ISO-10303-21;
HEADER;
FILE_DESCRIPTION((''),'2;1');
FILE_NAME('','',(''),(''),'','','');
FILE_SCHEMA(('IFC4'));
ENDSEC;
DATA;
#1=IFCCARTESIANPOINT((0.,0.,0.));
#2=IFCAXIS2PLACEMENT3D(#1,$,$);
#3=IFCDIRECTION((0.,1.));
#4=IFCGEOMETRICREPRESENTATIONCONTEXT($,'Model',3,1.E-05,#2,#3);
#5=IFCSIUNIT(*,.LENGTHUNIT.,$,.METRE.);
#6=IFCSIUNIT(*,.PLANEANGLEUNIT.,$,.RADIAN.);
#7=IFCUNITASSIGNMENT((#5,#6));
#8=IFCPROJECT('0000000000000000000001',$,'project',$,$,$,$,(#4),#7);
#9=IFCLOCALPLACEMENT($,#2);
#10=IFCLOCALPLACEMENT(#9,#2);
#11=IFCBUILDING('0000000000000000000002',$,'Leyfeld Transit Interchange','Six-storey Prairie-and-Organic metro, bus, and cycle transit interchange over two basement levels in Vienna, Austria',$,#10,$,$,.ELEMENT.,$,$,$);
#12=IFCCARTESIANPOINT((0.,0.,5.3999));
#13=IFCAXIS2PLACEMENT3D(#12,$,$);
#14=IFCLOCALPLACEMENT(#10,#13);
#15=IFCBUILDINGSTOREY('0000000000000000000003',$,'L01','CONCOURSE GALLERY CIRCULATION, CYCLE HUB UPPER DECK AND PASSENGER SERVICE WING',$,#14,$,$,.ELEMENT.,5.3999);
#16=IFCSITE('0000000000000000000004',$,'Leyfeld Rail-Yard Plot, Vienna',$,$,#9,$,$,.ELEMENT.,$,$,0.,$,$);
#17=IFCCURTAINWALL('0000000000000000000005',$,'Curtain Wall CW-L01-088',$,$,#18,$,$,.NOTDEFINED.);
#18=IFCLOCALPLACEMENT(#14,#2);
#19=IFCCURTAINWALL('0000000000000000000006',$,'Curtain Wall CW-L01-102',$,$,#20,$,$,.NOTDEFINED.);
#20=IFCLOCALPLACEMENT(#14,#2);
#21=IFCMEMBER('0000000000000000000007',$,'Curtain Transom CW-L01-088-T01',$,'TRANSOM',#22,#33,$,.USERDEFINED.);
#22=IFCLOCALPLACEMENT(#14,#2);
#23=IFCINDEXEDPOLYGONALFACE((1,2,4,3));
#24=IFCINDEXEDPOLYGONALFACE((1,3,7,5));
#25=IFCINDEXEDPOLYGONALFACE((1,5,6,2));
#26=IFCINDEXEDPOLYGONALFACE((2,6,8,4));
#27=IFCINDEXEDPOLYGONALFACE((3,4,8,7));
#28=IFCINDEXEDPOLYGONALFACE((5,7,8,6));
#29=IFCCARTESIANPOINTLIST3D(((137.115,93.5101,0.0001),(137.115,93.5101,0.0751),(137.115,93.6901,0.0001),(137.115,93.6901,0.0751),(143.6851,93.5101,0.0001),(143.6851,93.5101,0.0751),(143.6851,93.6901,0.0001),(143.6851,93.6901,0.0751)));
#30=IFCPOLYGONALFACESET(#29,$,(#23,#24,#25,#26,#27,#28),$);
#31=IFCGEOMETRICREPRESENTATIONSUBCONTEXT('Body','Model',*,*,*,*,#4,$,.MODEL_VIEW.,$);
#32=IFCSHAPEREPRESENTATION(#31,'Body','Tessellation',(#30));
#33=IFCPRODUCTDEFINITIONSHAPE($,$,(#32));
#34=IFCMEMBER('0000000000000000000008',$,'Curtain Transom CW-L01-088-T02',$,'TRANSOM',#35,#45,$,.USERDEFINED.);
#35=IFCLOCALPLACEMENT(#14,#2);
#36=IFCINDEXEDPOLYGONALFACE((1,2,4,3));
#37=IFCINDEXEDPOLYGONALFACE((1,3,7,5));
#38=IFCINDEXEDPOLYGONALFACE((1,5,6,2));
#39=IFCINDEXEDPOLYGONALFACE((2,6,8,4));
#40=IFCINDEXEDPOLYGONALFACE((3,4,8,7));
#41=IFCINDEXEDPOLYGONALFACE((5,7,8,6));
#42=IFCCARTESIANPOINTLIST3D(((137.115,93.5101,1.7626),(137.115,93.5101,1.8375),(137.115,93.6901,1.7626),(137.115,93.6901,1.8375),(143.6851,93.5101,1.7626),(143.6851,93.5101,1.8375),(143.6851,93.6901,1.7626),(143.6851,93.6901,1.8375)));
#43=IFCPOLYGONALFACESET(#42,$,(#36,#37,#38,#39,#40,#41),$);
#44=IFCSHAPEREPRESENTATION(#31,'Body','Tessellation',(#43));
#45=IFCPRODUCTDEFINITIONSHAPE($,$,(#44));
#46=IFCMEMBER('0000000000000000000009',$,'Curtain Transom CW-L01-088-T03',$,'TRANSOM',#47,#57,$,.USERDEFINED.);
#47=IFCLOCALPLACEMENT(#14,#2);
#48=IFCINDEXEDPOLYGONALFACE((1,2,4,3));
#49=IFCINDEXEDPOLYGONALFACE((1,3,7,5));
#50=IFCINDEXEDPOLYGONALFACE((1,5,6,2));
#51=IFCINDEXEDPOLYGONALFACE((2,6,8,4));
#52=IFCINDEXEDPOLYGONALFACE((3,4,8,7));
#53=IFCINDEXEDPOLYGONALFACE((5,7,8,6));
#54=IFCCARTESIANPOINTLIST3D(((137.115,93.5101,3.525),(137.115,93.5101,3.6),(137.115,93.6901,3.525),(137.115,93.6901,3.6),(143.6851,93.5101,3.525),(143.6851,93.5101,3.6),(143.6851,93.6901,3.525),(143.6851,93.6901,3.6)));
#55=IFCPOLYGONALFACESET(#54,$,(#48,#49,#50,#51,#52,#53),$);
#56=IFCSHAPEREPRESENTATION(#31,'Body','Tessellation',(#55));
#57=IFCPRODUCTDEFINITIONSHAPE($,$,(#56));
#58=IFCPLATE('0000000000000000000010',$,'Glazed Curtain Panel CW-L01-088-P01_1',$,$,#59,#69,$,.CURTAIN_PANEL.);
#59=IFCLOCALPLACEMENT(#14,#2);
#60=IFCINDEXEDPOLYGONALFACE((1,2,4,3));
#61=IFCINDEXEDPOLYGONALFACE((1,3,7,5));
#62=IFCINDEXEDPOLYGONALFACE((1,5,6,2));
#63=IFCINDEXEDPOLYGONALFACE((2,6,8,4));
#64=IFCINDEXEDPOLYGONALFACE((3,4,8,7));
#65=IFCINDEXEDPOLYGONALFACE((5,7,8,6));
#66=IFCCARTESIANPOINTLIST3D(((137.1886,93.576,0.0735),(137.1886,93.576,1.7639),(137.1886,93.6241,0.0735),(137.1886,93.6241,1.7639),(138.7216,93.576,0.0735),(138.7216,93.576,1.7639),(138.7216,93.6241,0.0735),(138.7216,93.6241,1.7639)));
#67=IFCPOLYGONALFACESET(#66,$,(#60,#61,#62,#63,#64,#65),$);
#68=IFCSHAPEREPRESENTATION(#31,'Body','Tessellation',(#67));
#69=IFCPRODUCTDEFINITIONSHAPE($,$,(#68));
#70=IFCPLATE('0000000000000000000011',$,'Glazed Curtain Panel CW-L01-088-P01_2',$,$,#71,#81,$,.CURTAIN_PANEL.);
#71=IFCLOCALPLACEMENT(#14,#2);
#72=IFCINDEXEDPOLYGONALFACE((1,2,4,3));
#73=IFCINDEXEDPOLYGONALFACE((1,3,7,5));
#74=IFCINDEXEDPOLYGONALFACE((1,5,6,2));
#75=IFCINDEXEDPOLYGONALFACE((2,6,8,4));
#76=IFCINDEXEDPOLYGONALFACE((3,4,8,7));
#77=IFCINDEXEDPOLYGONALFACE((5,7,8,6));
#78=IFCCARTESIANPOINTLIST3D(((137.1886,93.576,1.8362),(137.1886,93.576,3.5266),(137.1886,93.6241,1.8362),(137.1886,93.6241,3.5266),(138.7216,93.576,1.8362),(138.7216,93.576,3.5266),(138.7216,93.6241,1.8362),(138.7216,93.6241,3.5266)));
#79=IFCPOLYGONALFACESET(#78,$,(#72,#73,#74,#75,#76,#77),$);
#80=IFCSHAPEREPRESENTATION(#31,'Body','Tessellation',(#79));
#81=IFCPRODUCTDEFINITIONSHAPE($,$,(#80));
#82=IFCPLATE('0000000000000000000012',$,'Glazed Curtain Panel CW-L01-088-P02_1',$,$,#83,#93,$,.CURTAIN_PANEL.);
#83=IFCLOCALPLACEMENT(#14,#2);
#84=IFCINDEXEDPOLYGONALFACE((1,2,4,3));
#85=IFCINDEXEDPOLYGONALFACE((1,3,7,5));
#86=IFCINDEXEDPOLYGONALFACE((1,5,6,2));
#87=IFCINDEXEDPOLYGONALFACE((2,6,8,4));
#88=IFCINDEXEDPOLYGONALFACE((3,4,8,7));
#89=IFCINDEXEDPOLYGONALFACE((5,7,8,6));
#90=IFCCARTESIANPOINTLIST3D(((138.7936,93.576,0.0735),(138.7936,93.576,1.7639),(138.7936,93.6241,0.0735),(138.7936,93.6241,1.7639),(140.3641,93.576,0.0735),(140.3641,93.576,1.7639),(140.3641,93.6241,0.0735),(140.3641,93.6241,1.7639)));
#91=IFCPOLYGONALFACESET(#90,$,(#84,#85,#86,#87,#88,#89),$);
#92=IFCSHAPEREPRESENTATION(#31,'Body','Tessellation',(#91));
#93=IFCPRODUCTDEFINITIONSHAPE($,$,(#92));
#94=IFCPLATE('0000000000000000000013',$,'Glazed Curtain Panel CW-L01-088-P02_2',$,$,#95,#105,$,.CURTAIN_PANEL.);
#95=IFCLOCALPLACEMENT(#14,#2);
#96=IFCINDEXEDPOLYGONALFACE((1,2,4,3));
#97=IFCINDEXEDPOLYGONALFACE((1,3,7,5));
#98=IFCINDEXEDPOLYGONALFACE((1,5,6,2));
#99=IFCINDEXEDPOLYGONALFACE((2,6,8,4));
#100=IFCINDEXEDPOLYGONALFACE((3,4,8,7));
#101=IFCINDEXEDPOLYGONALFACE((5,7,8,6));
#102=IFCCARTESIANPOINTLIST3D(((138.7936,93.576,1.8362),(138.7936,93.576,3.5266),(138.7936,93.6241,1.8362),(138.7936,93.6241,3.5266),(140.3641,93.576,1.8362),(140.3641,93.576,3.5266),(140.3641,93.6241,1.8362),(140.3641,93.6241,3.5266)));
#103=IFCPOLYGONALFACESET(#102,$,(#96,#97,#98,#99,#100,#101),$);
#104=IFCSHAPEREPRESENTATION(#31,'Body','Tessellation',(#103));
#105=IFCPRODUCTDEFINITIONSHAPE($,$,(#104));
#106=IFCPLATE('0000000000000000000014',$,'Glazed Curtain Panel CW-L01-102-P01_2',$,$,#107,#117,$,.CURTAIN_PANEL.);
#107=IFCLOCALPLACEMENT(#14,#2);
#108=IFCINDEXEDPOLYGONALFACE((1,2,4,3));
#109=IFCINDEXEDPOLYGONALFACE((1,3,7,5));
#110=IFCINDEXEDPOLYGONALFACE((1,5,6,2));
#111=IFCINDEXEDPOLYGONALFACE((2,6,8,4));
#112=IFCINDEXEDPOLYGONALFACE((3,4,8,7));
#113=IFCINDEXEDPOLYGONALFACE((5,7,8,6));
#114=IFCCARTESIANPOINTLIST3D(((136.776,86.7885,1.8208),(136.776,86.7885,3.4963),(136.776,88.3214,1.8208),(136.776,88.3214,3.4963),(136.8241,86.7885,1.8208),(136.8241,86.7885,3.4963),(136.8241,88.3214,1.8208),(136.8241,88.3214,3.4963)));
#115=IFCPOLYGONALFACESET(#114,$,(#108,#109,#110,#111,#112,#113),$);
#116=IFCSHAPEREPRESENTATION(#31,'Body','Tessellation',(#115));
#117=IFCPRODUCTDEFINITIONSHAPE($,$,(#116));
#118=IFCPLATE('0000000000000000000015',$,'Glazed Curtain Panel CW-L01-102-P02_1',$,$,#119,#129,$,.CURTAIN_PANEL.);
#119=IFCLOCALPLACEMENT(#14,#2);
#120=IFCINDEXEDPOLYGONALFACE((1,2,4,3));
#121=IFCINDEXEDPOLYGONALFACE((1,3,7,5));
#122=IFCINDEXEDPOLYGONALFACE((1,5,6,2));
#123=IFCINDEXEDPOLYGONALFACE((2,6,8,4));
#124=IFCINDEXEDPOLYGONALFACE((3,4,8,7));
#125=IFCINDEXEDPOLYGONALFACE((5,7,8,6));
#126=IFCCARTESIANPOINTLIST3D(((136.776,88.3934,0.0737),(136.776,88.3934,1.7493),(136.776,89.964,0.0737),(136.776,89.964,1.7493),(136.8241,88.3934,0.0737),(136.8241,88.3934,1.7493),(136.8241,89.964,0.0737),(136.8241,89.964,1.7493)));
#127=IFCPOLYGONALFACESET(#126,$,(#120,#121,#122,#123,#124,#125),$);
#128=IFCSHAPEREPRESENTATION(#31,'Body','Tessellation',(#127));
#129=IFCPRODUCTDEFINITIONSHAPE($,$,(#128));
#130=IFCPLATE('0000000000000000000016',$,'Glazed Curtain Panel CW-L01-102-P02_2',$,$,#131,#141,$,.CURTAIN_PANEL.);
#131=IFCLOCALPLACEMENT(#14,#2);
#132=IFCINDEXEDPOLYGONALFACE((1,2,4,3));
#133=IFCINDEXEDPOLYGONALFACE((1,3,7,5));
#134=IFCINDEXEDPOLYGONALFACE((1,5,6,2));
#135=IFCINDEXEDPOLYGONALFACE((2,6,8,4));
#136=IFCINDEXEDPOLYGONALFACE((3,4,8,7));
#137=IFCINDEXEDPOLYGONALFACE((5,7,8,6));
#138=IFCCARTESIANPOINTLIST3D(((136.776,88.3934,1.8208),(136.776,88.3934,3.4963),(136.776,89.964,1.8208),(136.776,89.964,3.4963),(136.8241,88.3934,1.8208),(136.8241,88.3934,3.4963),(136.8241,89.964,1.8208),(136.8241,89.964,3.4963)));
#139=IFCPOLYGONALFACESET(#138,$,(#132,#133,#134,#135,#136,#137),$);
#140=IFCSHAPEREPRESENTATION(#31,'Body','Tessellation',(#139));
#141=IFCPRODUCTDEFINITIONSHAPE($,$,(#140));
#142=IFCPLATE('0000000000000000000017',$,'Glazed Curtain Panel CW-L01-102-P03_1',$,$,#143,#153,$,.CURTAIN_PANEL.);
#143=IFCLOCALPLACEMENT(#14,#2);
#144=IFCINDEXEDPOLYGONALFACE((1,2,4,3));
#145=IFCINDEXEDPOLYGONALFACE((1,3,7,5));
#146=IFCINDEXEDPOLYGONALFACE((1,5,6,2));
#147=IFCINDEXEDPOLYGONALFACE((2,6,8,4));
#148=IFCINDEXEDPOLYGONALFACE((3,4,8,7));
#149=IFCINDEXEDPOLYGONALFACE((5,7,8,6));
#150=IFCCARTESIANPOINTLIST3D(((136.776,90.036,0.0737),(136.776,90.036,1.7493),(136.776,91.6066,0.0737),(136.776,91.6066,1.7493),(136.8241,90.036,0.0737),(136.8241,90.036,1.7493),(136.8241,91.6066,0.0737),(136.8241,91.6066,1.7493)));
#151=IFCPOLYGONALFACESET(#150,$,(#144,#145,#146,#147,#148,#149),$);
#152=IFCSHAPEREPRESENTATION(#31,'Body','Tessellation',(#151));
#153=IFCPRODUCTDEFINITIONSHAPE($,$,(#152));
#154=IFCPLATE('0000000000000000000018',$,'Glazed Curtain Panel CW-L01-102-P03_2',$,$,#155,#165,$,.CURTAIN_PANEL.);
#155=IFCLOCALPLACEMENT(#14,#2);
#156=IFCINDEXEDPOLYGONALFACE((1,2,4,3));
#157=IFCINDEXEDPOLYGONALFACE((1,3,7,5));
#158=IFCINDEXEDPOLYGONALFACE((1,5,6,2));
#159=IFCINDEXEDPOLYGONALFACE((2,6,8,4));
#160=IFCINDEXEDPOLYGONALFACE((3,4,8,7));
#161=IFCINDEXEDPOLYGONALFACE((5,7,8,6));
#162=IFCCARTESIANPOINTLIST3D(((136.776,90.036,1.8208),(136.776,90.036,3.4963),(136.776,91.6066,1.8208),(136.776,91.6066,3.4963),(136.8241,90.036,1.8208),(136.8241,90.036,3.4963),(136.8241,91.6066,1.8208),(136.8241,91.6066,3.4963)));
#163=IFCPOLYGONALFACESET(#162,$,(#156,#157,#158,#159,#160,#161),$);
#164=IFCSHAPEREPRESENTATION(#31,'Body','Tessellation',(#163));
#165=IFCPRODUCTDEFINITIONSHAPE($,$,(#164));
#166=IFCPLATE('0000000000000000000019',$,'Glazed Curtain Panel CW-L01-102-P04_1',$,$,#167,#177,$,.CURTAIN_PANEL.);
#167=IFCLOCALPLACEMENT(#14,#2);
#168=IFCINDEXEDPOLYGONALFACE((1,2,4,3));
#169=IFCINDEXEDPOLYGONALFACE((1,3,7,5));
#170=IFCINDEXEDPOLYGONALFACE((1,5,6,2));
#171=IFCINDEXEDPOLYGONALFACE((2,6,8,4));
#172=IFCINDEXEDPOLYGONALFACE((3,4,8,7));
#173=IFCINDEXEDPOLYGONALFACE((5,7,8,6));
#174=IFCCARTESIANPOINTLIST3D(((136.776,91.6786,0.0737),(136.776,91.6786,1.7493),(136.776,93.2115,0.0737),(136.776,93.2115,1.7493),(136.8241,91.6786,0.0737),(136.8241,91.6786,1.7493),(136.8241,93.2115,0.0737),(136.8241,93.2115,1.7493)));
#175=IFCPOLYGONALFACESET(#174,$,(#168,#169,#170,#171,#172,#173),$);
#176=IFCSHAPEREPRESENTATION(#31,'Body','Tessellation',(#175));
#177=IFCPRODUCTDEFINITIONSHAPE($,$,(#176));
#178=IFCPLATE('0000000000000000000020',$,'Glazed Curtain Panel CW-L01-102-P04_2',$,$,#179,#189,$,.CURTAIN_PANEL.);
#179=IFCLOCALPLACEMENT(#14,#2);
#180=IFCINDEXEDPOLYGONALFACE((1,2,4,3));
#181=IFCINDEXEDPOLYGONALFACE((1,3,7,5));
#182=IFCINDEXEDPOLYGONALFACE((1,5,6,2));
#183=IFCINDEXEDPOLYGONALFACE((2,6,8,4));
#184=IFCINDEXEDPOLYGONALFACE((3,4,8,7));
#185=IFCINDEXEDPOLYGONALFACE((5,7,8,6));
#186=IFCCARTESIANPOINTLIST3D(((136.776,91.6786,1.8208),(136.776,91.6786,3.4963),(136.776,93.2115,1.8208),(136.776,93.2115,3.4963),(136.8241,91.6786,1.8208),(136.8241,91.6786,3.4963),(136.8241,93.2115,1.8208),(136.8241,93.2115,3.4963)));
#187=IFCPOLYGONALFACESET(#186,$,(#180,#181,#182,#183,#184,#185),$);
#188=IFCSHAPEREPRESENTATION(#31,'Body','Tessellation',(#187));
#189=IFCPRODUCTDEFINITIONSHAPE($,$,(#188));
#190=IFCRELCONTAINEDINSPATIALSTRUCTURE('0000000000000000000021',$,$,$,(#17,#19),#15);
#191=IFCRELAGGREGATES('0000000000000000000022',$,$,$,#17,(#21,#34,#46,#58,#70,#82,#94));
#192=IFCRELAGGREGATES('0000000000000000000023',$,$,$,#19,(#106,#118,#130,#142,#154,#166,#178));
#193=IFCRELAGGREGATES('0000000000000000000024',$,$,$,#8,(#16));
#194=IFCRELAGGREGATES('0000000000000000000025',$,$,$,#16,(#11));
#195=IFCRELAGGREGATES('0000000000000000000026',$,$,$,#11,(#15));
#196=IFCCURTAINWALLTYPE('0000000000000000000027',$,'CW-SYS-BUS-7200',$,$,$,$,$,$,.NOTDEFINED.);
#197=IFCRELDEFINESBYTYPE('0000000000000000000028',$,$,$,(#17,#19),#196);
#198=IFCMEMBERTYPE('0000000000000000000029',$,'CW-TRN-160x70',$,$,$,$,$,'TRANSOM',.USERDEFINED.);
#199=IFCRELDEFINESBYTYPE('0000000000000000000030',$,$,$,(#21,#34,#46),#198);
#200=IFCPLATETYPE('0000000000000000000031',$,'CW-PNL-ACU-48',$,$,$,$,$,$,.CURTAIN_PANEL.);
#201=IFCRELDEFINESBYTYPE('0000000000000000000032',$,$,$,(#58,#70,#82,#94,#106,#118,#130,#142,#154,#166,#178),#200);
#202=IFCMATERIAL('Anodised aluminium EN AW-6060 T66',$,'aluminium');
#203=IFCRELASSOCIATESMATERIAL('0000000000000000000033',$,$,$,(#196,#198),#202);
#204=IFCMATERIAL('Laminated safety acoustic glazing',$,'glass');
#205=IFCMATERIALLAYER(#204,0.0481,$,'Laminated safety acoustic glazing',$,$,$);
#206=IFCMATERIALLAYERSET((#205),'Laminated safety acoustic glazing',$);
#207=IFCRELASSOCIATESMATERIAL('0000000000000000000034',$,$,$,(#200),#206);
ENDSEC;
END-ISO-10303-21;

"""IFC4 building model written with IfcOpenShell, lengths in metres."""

from ifc_helpers import new_model, si_unit, direction, frame, origin, origin_2d, place, context, subcontext, project, spatial, rectangle, extrude, material, layer, layer_set, material_profile, profile_set, type_object, element, aggregate, save


model = new_model("IFC4")

# Units and contexts
model_context = context("Model", 3, precision=1e-05, world=origin(), true_north=direction((0.0, 1.0)))
body_context = subcontext(model_context, "Body", "Model", "MODEL_VIEW")
ifc_project = project(units=[si_unit("LENGTHUNIT", "METRE"), si_unit("PLANEANGLEUNIT", "RADIAN")], contexts=[model_context])

# Site, building, storey
site_placement = place(None, origin())
site = spatial("IfcSite", under=ifc_project, at=site_placement, Name="Leyfeld Rail-Yard Plot, Vienna", CompositionType="ELEMENT", RefElevation=0.0)
building_placement = place(site_placement, origin())
building = spatial("IfcBuilding", under=site, at=building_placement, Name="Leyfeld Transit Interchange", Description="Six-storey Prairie-and-Organic metro, bus, and cycle transit interchange over two basement levels in Vienna, Austria", CompositionType="ELEMENT")
storey_placement = place(building_placement, frame((0.0, 0.0, 5.3999)))
storey = spatial("IfcBuildingStorey", under=building, at=storey_placement, Name="L01", Description="CONCOURSE GALLERY CIRCULATION, CYCLE HUB UPPER DECK AND PASSENGER SERVICE WING", CompositionType="ELEMENT", Elevation=5.3999)

# Curtain walls
ifc_material_1 = material(Name="Anodised aluminium EN AW-6060 T66", Category="aluminium")
curtain_wall_type = type_object("IfcCurtainWallType", Name="CW-SYS-BUS-7200", PredefinedType="NOTDEFINED", material=ifc_material_1)
curtain_wall_1_placement = place(storey_placement, origin())
curtain_wall_1 = element("IfcCurtainWall", 1, at=curtain_wall_1_placement, inside=storey, type_object=curtain_wall_type, Name="Curtain Wall CW-L01-088", PredefinedType="NOTDEFINED")
curtain_wall_2_placement = place(storey_placement, origin())
curtain_wall_2 = element("IfcCurtainWall", 2, at=curtain_wall_2_placement, inside=storey, type_object=curtain_wall_type, Name="Curtain Wall CW-L01-102", PredefinedType="NOTDEFINED")

# Members
ifc_material_profile_1 = material_profile(ifc_material_1, rectangle(XDim=0.1799, YDim=0.075, at=origin_2d()), Name="CW-TRN-160x70")
ifc_profile_set_1 = profile_set([ifc_material_profile_1], Name="Anodised aluminium EN AW-6060 T66")
member_type_1 = type_object("IfcMemberType", Name="CW-TRN-160x70", ElementType="TRANSOM", PredefinedType="USERDEFINED", material=ifc_profile_set_1)
member_1_placement = place(storey_placement, frame((137.115, 93.6001, 0.0376), z_axis=(1.0, 0.0, 0.0), x_axis=(0.0, 1.0, 0.0)))
member_1 = element("IfcMember", 3, at=member_1_placement, type_object=member_type_1, Name="Curtain Transom CW-L01-088-T01", ObjectType="TRANSOM", PredefinedType="USERDEFINED", context=body_context, shape_type="SweptSolid", body=[
    extrude(rectangle(XDim=0.1799, YDim=0.075, at=origin_2d()), origin(), (0.0, 0.0, 1.0), 6.5701),
])
member_2_placement = place(storey_placement, frame((137.115, 93.6001, 1.8), z_axis=(1.0, 0.0, 0.0), x_axis=(0.0, 1.0, 0.0)))
member_2 = element("IfcMember", 4, at=member_2_placement, type_object=member_type_1, Name="Curtain Transom CW-L01-088-T02", ObjectType="TRANSOM", PredefinedType="USERDEFINED", context=body_context, shape_type="SweptSolid", body=[
    extrude(rectangle(XDim=0.1799, YDim=0.075, at=origin_2d()), origin(), (0.0, 0.0, 1.0), 6.5701),
])
member_3_placement = place(storey_placement, frame((137.115, 93.6001, 3.5625), z_axis=(1.0, 0.0, 0.0), x_axis=(0.0, 1.0, 0.0)))
member_3 = element("IfcMember", 5, at=member_3_placement, type_object=member_type_1, Name="Curtain Transom CW-L01-088-T03", ObjectType="TRANSOM", PredefinedType="USERDEFINED", context=body_context, shape_type="SweptSolid", body=[
    extrude(rectangle(XDim=0.1799, YDim=0.075, at=origin_2d()), origin(), (0.0, 0.0, 1.0), 6.5701),
])

# Plates
ifc_material_2 = material(Name="Laminated safety acoustic glazing", Category="glass")
ifc_layer = layer(ifc_material_2, 0.0481, Name="Laminated safety acoustic glazing")
ifc_layer_set = layer_set([ifc_layer], Name="Laminated safety acoustic glazing")
plate_type = type_object("IfcPlateType", Name="CW-PNL-ACU-48", PredefinedType="CURTAIN_PANEL", material=ifc_layer_set)
plate_1_placement = place(storey_placement, frame((137.9551, 93.6001, 0.0735), z_axis=(0.0, 0.0, 1.0), x_axis=(1.0, 0.0, 0.0)))
plate_1 = element("IfcPlate", 6, at=plate_1_placement, type_object=plate_type, Name="Glazed Curtain Panel CW-L01-088-P01_1", PredefinedType="CURTAIN_PANEL", context=body_context, shape_type="SweptSolid", body=[
    extrude(rectangle(XDim=1.533, YDim=0.0481, at=origin_2d()), origin(), (0.0, 0.0, 1.0), 1.6904),
])
plate_2_placement = place(storey_placement, frame((137.9551, 93.6001, 1.8362), z_axis=(0.0, 0.0, 1.0), x_axis=(1.0, 0.0, 0.0)))
plate_2 = element("IfcPlate", 7, at=plate_2_placement, type_object=plate_type, Name="Glazed Curtain Panel CW-L01-088-P01_2", PredefinedType="CURTAIN_PANEL", context=body_context, shape_type="SweptSolid", body=[
    extrude(rectangle(XDim=1.533, YDim=0.0481, at=origin_2d()), origin(), (0.0, 0.0, 1.0), 1.6904),
])
plate_3_placement = place(storey_placement, frame((139.5789, 93.6001, 0.0735), z_axis=(0.0, 0.0, 1.0), x_axis=(1.0, 0.0, 0.0)))
plate_3 = element("IfcPlate", 8, at=plate_3_placement, type_object=plate_type, Name="Glazed Curtain Panel CW-L01-088-P02_1", PredefinedType="CURTAIN_PANEL", context=body_context, shape_type="SweptSolid", body=[
    extrude(rectangle(XDim=1.5706, YDim=0.0481, at=origin_2d()), origin(), (0.0, 0.0, 1.0), 1.6904),
])
plate_4_placement = place(storey_placement, frame((139.5789, 93.6001, 1.8362), z_axis=(0.0, 0.0, 1.0), x_axis=(1.0, 0.0, 0.0)))
plate_4 = element("IfcPlate", 9, at=plate_4_placement, type_object=plate_type, Name="Glazed Curtain Panel CW-L01-088-P02_2", PredefinedType="CURTAIN_PANEL", context=body_context, shape_type="SweptSolid", body=[
    extrude(rectangle(XDim=1.5706, YDim=0.0481, at=origin_2d()), origin(), (0.0, 0.0, 1.0), 1.6904),
])
aggregate(curtain_wall_1, [member_1, member_2, member_3, plate_1, plate_2, plate_3, plate_4])
plate_5_placement = place(storey_placement, frame((136.8, 87.5549, 1.8208), z_axis=(0.0, 0.0, 1.0), x_axis=(0.0, 1.0, 0.0)))
plate_5 = element("IfcPlate", 10, at=plate_5_placement, type_object=plate_type, Name="Glazed Curtain Panel CW-L01-102-P01_2", PredefinedType="CURTAIN_PANEL", context=body_context, shape_type="SweptSolid", body=[
    extrude(rectangle(XDim=1.533, YDim=0.0481, at=origin_2d()), origin(), (0.0, 0.0, 1.0), 1.6755),
])
plate_6_placement = place(storey_placement, frame((136.8, 89.1787, 0.0737), z_axis=(0.0, 0.0, 1.0), x_axis=(0.0, 1.0, 0.0)))
plate_6 = element("IfcPlate", 11, at=plate_6_placement, type_object=plate_type, Name="Glazed Curtain Panel CW-L01-102-P02_1", PredefinedType="CURTAIN_PANEL", context=body_context, shape_type="SweptSolid", body=[
    extrude(rectangle(XDim=1.5706, YDim=0.0481, at=origin_2d()), origin(), (0.0, 0.0, 1.0), 1.6755),
])
plate_7_placement = place(storey_placement, frame((136.8, 89.1787, 1.8208), z_axis=(0.0, 0.0, 1.0), x_axis=(0.0, 1.0, 0.0)))
plate_7 = element("IfcPlate", 12, at=plate_7_placement, type_object=plate_type, Name="Glazed Curtain Panel CW-L01-102-P02_2", PredefinedType="CURTAIN_PANEL", context=body_context, shape_type="SweptSolid", body=[
    extrude(rectangle(XDim=1.5706, YDim=0.0481, at=origin_2d()), origin(), (0.0, 0.0, 1.0), 1.6755),
])
plate_8_placement = place(storey_placement, frame((136.8, 90.8213, 0.0737), z_axis=(0.0, 0.0, 1.0), x_axis=(0.0, 1.0, 0.0)))
plate_8 = element("IfcPlate", 13, at=plate_8_placement, type_object=plate_type, Name="Glazed Curtain Panel CW-L01-102-P03_1", PredefinedType="CURTAIN_PANEL", context=body_context, shape_type="SweptSolid", body=[
    extrude(rectangle(XDim=1.5706, YDim=0.0481, at=origin_2d()), origin(), (0.0, 0.0, 1.0), 1.6755),
])
plate_9_placement = place(storey_placement, frame((136.8, 90.8213, 1.8208), z_axis=(0.0, 0.0, 1.0), x_axis=(0.0, 1.0, 0.0)))
plate_9 = element("IfcPlate", 14, at=plate_9_placement, type_object=plate_type, Name="Glazed Curtain Panel CW-L01-102-P03_2", PredefinedType="CURTAIN_PANEL", context=body_context, shape_type="SweptSolid", body=[
    extrude(rectangle(XDim=1.5706, YDim=0.0481, at=origin_2d()), origin(), (0.0, 0.0, 1.0), 1.6755),
])
plate_10_placement = place(storey_placement, frame((136.8, 92.4451, 0.0737), z_axis=(0.0, 0.0, 1.0), x_axis=(0.0, 1.0, 0.0)))
plate_10 = element("IfcPlate", 15, at=plate_10_placement, type_object=plate_type, Name="Glazed Curtain Panel CW-L01-102-P04_1", PredefinedType="CURTAIN_PANEL", context=body_context, shape_type="SweptSolid", body=[
    extrude(rectangle(XDim=1.533, YDim=0.0481, at=origin_2d()), origin(), (0.0, 0.0, 1.0), 1.6755),
])
plate_11_placement = place(storey_placement, frame((136.8, 92.4451, 1.8208), z_axis=(0.0, 0.0, 1.0), x_axis=(0.0, 1.0, 0.0)))
plate_11 = element("IfcPlate", 16, at=plate_11_placement, type_object=plate_type, Name="Glazed Curtain Panel CW-L01-102-P04_2", PredefinedType="CURTAIN_PANEL", context=body_context, shape_type="SweptSolid", body=[
    extrude(rectangle(XDim=1.533, YDim=0.0481, at=origin_2d()), origin(), (0.0, 0.0, 1.0), 1.6755),
])
aggregate(curtain_wall_2, [plate_5, plate_6, plate_7, plate_8, plate_9, plate_10, plate_11])

save(model, "model.ifc")
